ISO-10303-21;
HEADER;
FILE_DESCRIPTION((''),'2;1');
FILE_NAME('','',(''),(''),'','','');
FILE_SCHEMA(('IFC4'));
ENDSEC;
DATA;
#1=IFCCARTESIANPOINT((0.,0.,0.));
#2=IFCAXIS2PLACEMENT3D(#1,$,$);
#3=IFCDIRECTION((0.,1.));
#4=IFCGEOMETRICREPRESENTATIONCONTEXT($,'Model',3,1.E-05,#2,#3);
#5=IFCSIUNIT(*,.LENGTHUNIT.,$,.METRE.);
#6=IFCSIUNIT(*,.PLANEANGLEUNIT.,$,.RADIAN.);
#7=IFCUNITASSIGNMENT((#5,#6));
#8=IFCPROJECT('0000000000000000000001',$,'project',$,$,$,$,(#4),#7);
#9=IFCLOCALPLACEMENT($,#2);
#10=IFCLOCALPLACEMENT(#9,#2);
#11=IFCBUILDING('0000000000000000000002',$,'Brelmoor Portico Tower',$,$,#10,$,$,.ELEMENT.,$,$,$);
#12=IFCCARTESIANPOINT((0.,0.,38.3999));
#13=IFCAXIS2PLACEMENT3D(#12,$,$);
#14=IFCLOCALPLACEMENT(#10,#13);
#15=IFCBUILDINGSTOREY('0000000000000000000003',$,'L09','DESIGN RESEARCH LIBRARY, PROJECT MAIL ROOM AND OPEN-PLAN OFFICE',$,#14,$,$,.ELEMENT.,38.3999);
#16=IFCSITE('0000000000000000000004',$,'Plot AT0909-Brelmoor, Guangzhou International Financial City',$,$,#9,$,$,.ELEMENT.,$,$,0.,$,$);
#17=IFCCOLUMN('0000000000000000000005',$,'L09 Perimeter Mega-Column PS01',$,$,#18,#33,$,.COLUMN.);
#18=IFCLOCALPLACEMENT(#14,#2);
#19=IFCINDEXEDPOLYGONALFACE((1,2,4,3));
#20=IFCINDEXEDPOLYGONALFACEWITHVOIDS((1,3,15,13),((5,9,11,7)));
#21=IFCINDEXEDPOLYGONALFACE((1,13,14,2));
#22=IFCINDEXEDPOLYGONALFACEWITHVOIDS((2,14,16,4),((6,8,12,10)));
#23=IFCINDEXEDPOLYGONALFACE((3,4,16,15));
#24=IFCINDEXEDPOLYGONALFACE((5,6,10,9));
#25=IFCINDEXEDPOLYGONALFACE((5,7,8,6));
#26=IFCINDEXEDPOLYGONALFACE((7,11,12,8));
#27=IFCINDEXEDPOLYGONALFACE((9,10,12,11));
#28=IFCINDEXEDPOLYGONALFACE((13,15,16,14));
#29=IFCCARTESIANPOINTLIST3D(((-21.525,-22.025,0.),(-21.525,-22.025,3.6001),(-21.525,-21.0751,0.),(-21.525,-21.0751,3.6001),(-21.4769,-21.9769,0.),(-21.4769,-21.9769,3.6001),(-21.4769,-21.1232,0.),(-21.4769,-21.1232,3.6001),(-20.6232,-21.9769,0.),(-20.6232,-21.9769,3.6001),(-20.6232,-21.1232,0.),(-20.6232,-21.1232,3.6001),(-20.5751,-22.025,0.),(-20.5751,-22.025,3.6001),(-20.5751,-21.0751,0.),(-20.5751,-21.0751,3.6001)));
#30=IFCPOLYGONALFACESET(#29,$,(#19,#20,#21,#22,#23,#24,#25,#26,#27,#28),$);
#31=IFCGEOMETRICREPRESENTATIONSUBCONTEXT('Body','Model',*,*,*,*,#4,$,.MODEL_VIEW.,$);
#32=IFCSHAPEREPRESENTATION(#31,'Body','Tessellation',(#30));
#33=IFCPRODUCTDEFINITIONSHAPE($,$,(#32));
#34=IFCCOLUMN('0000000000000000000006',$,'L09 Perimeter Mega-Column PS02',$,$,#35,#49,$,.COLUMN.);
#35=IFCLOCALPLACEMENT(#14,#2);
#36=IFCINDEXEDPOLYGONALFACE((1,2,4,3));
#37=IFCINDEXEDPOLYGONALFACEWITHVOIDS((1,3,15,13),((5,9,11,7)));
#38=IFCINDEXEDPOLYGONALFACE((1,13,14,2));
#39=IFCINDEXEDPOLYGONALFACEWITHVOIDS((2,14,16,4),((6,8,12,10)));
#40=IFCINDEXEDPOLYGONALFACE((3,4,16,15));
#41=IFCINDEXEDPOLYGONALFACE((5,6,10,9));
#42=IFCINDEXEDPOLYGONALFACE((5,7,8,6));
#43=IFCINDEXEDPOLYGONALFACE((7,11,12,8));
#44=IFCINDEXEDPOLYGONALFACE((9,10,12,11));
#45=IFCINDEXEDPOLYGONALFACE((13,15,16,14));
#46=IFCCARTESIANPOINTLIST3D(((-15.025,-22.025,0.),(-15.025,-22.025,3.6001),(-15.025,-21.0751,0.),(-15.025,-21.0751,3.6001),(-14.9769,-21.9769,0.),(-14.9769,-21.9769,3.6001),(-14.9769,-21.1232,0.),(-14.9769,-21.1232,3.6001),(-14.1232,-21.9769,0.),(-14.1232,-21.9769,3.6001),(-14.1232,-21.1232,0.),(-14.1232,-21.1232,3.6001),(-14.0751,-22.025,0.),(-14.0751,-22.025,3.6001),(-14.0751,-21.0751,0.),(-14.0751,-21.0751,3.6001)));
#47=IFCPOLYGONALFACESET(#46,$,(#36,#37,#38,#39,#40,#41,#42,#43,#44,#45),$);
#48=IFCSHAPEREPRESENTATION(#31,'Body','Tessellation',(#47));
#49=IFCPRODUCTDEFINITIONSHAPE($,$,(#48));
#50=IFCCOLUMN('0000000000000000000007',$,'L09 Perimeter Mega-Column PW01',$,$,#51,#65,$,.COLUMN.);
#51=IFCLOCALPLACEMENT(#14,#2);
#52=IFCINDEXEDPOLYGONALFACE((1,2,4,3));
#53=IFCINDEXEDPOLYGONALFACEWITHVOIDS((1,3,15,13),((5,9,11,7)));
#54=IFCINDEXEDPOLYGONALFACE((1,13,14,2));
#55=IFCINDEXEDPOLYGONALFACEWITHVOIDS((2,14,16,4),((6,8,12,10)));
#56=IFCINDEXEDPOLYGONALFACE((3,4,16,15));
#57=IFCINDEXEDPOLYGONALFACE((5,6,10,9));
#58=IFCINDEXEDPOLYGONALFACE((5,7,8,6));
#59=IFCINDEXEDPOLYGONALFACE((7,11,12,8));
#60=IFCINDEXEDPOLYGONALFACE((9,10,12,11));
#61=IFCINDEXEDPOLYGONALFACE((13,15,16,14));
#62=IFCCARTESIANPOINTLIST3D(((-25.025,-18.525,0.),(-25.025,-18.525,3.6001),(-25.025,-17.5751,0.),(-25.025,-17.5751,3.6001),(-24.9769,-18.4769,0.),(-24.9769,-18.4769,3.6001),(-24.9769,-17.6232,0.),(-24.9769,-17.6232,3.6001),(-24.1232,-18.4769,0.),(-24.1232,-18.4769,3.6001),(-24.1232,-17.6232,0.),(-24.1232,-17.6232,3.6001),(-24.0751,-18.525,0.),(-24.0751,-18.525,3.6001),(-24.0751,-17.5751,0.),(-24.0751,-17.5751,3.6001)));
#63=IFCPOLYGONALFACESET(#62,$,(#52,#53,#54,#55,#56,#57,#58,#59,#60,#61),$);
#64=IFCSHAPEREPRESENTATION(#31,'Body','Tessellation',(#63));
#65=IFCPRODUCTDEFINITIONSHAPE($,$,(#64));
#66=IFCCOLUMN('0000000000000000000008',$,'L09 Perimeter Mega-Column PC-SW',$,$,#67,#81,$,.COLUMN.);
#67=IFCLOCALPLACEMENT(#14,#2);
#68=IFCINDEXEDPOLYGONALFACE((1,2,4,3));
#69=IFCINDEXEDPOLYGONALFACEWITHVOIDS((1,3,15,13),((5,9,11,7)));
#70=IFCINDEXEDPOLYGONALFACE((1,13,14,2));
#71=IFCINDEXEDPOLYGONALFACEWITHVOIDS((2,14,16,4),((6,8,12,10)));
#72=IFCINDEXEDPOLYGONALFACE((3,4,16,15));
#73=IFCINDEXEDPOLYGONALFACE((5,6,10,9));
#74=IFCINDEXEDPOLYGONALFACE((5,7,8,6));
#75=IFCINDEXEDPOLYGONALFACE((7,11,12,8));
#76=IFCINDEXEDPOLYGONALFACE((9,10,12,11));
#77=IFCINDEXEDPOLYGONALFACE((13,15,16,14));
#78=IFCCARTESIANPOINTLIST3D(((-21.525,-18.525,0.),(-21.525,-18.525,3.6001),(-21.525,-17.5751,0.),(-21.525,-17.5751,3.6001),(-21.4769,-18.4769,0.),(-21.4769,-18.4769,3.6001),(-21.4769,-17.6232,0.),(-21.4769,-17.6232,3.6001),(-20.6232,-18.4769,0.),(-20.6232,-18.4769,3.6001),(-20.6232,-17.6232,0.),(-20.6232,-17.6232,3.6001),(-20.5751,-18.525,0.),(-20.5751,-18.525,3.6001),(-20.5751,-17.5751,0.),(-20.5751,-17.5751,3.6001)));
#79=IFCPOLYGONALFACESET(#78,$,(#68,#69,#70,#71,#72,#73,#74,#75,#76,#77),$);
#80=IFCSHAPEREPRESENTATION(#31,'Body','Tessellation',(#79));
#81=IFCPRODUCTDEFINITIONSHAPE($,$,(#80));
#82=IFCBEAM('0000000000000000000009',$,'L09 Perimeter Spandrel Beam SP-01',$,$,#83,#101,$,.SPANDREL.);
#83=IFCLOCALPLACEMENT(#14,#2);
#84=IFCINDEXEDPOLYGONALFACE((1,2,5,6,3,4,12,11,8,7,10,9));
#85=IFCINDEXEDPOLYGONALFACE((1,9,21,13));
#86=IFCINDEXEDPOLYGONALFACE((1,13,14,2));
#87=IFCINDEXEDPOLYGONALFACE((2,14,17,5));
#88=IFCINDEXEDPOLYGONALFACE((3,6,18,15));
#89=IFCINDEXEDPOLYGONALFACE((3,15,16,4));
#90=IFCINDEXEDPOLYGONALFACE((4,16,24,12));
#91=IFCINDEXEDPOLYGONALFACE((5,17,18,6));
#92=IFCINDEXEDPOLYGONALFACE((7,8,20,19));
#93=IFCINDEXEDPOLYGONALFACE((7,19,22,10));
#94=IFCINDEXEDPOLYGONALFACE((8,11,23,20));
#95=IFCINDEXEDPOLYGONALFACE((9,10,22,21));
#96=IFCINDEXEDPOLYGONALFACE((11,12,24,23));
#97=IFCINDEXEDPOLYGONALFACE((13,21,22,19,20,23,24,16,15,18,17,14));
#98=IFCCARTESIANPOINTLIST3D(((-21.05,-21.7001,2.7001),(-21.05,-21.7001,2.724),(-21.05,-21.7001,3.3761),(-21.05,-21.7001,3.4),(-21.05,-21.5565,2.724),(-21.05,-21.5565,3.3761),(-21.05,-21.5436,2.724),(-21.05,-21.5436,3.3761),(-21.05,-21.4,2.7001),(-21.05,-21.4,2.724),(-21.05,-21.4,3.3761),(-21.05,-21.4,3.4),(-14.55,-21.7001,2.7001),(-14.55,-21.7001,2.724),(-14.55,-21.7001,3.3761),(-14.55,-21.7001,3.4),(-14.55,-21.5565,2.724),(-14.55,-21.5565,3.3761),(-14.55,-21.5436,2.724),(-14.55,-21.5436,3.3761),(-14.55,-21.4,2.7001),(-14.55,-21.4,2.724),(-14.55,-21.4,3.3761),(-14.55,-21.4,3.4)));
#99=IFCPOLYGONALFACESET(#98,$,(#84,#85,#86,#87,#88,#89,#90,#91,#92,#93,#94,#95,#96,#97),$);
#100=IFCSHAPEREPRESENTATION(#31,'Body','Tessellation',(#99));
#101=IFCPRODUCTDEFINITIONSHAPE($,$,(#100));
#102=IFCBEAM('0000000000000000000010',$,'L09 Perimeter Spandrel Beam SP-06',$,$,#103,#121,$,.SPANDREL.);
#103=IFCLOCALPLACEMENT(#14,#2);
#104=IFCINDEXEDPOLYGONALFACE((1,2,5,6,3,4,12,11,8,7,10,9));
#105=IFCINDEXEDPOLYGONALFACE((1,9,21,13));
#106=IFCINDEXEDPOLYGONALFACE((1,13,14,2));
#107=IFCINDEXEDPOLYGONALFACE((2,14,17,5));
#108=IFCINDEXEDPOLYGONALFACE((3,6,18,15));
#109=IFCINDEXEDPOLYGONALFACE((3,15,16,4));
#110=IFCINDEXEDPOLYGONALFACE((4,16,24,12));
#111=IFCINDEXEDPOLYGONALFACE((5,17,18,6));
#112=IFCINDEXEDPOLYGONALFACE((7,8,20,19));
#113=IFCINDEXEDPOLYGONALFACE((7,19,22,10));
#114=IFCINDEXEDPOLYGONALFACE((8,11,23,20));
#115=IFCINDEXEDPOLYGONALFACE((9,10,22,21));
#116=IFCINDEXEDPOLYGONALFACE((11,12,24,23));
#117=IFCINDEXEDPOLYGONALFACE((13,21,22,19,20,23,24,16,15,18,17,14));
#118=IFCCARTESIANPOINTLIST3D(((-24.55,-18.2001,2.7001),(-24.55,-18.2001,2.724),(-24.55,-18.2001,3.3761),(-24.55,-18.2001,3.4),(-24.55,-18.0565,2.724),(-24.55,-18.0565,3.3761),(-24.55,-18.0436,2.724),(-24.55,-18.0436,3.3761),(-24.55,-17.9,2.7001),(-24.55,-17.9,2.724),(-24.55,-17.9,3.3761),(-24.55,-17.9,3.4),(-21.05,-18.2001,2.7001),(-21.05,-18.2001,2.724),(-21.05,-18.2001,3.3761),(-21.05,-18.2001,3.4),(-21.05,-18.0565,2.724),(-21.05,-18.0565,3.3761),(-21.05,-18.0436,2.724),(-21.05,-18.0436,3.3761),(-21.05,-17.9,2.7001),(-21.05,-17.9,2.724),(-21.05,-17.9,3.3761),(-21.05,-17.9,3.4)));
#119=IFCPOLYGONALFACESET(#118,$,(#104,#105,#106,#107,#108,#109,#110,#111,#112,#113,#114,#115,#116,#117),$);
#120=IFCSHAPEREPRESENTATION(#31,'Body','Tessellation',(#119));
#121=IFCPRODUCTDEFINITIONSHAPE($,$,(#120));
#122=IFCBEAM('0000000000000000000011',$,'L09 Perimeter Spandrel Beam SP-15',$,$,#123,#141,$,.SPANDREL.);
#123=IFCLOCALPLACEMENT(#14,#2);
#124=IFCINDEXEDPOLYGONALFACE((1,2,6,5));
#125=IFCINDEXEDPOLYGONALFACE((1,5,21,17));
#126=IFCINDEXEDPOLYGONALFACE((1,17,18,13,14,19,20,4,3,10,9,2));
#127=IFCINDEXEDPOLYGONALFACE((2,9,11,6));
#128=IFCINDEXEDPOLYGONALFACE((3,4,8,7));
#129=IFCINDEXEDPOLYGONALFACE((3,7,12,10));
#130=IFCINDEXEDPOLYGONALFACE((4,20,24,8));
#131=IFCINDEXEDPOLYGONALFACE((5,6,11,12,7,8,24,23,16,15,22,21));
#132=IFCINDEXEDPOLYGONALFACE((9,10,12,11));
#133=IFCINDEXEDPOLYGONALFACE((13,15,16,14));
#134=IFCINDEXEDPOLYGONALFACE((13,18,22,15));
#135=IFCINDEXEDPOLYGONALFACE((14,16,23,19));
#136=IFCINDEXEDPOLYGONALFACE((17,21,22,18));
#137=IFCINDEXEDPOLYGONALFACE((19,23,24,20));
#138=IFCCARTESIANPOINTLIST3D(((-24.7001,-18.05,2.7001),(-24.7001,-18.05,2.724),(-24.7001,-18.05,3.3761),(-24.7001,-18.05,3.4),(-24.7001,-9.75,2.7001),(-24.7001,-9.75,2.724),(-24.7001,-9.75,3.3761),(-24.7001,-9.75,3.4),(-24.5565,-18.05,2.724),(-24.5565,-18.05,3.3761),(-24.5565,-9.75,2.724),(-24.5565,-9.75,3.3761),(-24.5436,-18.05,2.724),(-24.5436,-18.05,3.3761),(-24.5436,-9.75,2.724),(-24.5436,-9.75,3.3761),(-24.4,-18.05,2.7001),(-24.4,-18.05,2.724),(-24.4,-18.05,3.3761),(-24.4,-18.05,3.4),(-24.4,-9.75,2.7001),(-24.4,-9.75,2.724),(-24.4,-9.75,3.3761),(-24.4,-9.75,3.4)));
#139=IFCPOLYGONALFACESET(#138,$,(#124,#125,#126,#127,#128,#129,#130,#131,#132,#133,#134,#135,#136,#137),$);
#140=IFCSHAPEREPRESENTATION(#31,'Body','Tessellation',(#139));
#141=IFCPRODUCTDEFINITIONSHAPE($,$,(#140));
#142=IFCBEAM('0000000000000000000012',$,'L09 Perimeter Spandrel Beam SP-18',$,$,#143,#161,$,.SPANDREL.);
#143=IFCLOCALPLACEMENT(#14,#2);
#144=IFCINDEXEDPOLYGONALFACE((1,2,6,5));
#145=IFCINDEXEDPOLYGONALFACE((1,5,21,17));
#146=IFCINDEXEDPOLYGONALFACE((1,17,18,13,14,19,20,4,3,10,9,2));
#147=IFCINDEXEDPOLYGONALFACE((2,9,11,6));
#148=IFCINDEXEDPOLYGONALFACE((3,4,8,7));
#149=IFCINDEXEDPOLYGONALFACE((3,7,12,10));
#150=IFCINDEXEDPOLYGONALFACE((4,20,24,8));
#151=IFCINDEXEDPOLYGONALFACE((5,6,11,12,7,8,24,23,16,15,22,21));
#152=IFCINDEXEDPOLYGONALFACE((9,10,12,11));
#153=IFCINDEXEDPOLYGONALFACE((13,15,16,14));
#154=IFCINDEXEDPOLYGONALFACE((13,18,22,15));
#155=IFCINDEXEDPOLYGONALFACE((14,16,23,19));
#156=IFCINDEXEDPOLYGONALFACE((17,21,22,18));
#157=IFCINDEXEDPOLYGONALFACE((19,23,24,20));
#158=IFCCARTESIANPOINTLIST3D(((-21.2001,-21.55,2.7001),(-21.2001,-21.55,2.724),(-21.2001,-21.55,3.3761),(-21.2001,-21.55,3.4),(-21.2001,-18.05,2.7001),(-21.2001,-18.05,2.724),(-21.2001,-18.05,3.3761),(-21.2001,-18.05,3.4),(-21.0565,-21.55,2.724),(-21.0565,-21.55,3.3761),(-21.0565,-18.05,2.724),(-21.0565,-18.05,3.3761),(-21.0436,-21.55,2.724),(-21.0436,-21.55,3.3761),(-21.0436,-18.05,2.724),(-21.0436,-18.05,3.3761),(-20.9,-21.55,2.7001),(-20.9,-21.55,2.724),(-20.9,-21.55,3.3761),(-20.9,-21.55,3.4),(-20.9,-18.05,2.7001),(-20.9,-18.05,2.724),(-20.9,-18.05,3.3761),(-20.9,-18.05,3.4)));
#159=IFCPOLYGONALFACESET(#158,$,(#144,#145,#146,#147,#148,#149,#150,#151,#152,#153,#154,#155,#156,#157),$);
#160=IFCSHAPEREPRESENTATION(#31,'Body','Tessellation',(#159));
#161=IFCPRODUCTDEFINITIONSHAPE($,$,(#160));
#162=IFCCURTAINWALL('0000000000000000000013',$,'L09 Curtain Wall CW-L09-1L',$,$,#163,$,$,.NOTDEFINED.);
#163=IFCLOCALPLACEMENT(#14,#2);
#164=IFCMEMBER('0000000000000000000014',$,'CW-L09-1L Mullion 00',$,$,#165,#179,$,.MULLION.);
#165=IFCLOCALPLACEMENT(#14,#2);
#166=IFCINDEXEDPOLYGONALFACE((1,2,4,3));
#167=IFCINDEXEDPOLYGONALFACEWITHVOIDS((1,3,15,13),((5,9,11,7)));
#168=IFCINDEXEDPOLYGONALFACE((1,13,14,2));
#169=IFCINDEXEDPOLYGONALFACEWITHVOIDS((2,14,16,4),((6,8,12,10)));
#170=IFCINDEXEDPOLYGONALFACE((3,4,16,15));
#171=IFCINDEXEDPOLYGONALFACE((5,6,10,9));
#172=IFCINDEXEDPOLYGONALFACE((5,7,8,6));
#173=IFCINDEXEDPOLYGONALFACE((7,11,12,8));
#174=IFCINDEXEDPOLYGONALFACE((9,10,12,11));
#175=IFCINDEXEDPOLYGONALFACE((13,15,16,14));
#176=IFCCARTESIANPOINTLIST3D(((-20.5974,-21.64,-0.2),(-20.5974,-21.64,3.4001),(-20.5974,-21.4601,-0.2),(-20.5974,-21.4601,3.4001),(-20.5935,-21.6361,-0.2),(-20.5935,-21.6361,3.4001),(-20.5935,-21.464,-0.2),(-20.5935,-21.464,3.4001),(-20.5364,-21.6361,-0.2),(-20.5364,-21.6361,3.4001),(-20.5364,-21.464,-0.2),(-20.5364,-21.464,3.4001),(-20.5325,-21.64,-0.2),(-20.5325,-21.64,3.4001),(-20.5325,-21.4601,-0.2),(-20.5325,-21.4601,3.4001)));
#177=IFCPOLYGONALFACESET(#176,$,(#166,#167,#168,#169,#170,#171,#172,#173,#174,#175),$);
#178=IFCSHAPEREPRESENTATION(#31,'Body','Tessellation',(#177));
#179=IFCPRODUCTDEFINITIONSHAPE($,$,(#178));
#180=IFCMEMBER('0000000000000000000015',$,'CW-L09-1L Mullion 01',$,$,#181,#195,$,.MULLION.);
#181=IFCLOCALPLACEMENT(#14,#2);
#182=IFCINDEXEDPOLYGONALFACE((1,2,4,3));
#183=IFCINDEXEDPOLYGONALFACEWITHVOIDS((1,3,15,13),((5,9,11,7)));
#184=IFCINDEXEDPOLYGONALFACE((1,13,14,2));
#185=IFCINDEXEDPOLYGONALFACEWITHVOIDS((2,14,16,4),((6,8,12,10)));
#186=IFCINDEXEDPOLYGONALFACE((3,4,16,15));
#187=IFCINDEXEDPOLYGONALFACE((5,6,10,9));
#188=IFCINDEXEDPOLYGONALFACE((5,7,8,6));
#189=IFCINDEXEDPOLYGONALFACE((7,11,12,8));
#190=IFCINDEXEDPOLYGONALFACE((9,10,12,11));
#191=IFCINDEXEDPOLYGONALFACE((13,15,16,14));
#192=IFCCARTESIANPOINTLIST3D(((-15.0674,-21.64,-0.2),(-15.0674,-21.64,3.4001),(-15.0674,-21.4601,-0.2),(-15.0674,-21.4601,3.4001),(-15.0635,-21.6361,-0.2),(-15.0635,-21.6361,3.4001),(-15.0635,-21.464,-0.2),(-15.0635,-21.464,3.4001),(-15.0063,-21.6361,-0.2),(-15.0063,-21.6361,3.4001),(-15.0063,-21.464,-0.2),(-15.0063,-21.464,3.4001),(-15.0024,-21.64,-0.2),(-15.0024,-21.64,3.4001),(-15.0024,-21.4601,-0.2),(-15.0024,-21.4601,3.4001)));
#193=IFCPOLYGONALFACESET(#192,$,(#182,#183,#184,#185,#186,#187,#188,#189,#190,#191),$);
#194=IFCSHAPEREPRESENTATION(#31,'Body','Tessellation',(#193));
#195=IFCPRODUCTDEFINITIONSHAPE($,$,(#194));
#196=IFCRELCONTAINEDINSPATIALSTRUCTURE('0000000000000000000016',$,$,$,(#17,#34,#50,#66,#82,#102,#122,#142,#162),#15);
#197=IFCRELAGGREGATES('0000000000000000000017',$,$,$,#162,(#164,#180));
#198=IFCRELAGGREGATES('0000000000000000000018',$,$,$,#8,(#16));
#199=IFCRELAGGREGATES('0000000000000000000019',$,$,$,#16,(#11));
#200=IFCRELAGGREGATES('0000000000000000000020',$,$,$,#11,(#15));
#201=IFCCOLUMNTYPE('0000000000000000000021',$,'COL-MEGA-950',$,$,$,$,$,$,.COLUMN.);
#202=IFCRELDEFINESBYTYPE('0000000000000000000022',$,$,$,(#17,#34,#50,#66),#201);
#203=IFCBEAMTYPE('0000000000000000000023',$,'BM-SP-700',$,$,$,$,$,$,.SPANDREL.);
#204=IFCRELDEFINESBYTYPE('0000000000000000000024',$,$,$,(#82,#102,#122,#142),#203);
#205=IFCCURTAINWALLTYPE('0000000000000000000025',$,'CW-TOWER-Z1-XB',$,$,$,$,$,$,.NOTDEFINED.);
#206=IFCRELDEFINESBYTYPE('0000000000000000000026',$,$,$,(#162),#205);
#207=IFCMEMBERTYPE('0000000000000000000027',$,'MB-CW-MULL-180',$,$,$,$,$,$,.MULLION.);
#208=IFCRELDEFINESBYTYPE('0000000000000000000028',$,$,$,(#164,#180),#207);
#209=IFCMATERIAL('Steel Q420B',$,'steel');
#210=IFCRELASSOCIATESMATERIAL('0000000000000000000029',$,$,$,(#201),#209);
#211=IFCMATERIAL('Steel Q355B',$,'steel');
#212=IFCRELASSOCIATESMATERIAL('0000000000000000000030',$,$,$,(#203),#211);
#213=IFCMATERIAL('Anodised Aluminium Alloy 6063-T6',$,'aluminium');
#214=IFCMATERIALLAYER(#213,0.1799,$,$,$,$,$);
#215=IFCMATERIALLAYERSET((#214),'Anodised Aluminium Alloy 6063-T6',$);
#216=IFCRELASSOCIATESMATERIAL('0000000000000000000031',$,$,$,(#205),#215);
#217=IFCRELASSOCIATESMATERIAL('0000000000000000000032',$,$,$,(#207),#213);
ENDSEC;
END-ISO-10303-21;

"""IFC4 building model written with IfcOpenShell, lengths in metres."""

from ifc_helpers import new_model, si_unit, direction, frame, origin, origin_2d, place, context, subcontext, project, spatial, hollow_rectangle, i_section, extrude, material, layer, layer_set, material_profile, profile_set, type_object, element, aggregate, save


model = new_model("IFC4")

# Units and contexts
model_context = context("Model", 3, precision=1e-05, world=origin(), true_north=direction((0.0, 1.0)))
body_context = subcontext(model_context, "Body", "Model", "MODEL_VIEW")
ifc_project = project(units=[si_unit("LENGTHUNIT", "METRE"), si_unit("PLANEANGLEUNIT", "RADIAN")], contexts=[model_context])

# Site, building, storey
site_placement = place(None, origin())
site = spatial("IfcSite", under=ifc_project, at=site_placement, Name="Plot AT0909-Brelmoor, Guangzhou International Financial City", CompositionType="ELEMENT", RefElevation=0.0)
building_placement = place(site_placement, origin())
building = spatial("IfcBuilding", under=site, at=building_placement, Name="Brelmoor Portico Tower", CompositionType="ELEMENT")
storey_placement = place(building_placement, frame((0.0, 0.0, 38.3999)))
storey = spatial("IfcBuildingStorey", under=building, at=storey_placement, Name="L09", Description="DESIGN RESEARCH LIBRARY, PROJECT MAIL ROOM AND OPEN-PLAN OFFICE", CompositionType="ELEMENT", Elevation=38.3999)

# Columns
ifc_material_1 = material(Name="Steel Q420B", Category="steel")
ifc_material_profile_1 = material_profile(ifc_material_1, hollow_rectangle(XDim=0.95, YDim=0.95, WallThickness=0.0481, at=origin_2d()), Name="BOX 950x950x48")
ifc_profile_set_1 = profile_set([ifc_material_profile_1], Name="Steel Q420B")
column_type = type_object("IfcColumnType", Name="COL-MEGA-950", PredefinedType="COLUMN", material=ifc_profile_set_1)
for number, where, z_axis, x_axis, name in (
    (1, (-21.05, -21.55, 0.0), (0.0, 0.0, 1.0), (1.0, 0.0, 0.0), "L09 Perimeter Mega-Column PS01"),
    (2, (-14.55, -21.55, 0.0), (0.0, 0.0, 1.0), (1.0, 0.0, 0.0), "L09 Perimeter Mega-Column PS02"),
    (3, (-24.55, -18.05, 0.0), (0.0, 0.0, 1.0), (0.0, 1.0, 0.0), "L09 Perimeter Mega-Column PW01"),
    (4, (-21.05, -18.05, 0.0), (0.0, 0.0, 1.0), (1.0, 0.0, 0.0), "L09 Perimeter Mega-Column PC-SW"),
):
    element("IfcColumn", number, at=place(storey_placement, frame(where, z_axis=z_axis, x_axis=x_axis)), inside=storey, type_object=column_type, Name=name, PredefinedType="COLUMN", context=body_context, shape_type="SweptSolid", body=[
        extrude(hollow_rectangle(XDim=0.95, YDim=0.95, WallThickness=0.0481, at=origin_2d()), origin(), (0.0, 0.0, 1.0), 3.6001),
    ])

# Beams
ifc_material_2 = material(Name="Steel Q355B", Category="steel")
ifc_material_profile_2 = material_profile(ifc_material_2, i_section(OverallWidth=0.3, OverallDepth=0.7, WebThickness=0.0129, FlangeThickness=0.0239, at=origin_2d()), Name="HN 700x300x13x24")
ifc_profile_set_2 = profile_set([ifc_material_profile_2], Name="Steel Q355B")
beam_type = type_object("IfcBeamType", Name="BM-SP-700", PredefinedType="SPANDREL", material=ifc_profile_set_2)
beam_1_placement = place(storey_placement, frame((-21.05, -21.55, 3.05), z_axis=(1.0, 0.0, 0.0), x_axis=(0.0, 1.0, 0.0)))
element("IfcBeam", 5, at=beam_1_placement, inside=storey, type_object=beam_type, Name="L09 Perimeter Spandrel Beam SP-01", PredefinedType="SPANDREL", context=body_context, shape_type="SweptSolid", body=[
    extrude(i_section(OverallWidth=0.3, OverallDepth=0.7, WebThickness=0.0129, FlangeThickness=0.0239, at=origin_2d()), origin(), (0.0, 0.0, 1.0), 6.5),
])
beam_2_placement = place(storey_placement, frame((-24.55, -18.05, 3.05), z_axis=(1.0, 0.0, 0.0), x_axis=(0.0, 1.0, 0.0)))
element("IfcBeam", 6, at=beam_2_placement, inside=storey, type_object=beam_type, Name="L09 Perimeter Spandrel Beam SP-06", PredefinedType="SPANDREL", context=body_context, shape_type="SweptSolid", body=[
    extrude(i_section(OverallWidth=0.3, OverallDepth=0.7, WebThickness=0.0129, FlangeThickness=0.0239, at=origin_2d()), origin(), (0.0, 0.0, 1.0), 3.5),
])
beam_3_placement = place(storey_placement, frame((-24.55, -18.05, 3.05), z_axis=(0.0, 1.0, 0.0), x_axis=(-1.0, 0.0, 0.0)))
element("IfcBeam", 7, at=beam_3_placement, inside=storey, type_object=beam_type, Name="L09 Perimeter Spandrel Beam SP-15", PredefinedType="SPANDREL", context=body_context, shape_type="SweptSolid", body=[
    extrude(i_section(OverallWidth=0.3, OverallDepth=0.7, WebThickness=0.0129, FlangeThickness=0.0239, at=origin_2d()), origin(), (0.0, 0.0, 1.0), 8.3),
])
beam_4_placement = place(storey_placement, frame((-21.05, -21.55, 3.05), z_axis=(0.0, 1.0, 0.0), x_axis=(-1.0, 0.0, 0.0)))
element("IfcBeam", 8, at=beam_4_placement, inside=storey, type_object=beam_type, Name="L09 Perimeter Spandrel Beam SP-18", PredefinedType="SPANDREL", context=body_context, shape_type="SweptSolid", body=[
    extrude(i_section(OverallWidth=0.3, OverallDepth=0.7, WebThickness=0.0129, FlangeThickness=0.0239, at=origin_2d()), origin(), (0.0, 0.0, 1.0), 3.5),
])

# Curtain wall, members
ifc_material_3 = material(Name="Anodised Aluminium Alloy 6063-T6", Category="aluminium")
ifc_layer_1 = layer(ifc_material_3, 0.1799)
ifc_layer_set_1 = layer_set([ifc_layer_1], Name="Anodised Aluminium Alloy 6063-T6")
curtain_wall_type = type_object("IfcCurtainWallType", Name="CW-TOWER-Z1-XB", PredefinedType="NOTDEFINED", material=ifc_layer_set_1)
curtain_wall_1_placement = place(storey_placement, origin())
curtain_wall_1 = element("IfcCurtainWall", 9, at=curtain_wall_1_placement, inside=storey, type_object=curtain_wall_type, Name="L09 Curtain Wall CW-L09-1L", PredefinedType="NOTDEFINED")
ifc_material_profile_3 = material_profile(ifc_material_3, hollow_rectangle(XDim=0.0649, YDim=0.1799, WallThickness=0.0039, at=origin_2d()), Name="ALU MULLION 65x180")
ifc_profile_set_3 = profile_set([ifc_material_profile_3], Name="Anodised Aluminium Alloy 6063-T6")
member_type_1 = type_object("IfcMemberType", Name="MB-CW-MULL-180", PredefinedType="MULLION", material=ifc_profile_set_3)
member_1_placement = place(storey_placement, frame((-20.5649, -21.55, -0.2), z_axis=(0.0, 0.0, 1.0), x_axis=(1.0, 0.0, 0.0)))
member_1 = element("IfcMember", 10, at=member_1_placement, type_object=member_type_1, Name="CW-L09-1L Mullion 00", PredefinedType="MULLION", context=body_context, shape_type="SweptSolid", body=[
    extrude(hollow_rectangle(XDim=0.0649, YDim=0.1799, WallThickness=0.0039, at=origin_2d()), origin(), (0.0, 0.0, 1.0), 3.6001),
])
member_2_placement = place(storey_placement, frame((-15.0349, -21.55, -0.2), z_axis=(0.0, 0.0, 1.0), x_axis=(1.0, 0.0, 0.0)))
member_2 = element("IfcMember", 11, at=member_2_placement, type_object=member_type_1, Name="CW-L09-1L Mullion 01", PredefinedType="MULLION", context=body_context, shape_type="SweptSolid", body=[
    extrude(hollow_rectangle(XDim=0.0649, YDim=0.1799, WallThickness=0.0039, at=origin_2d()), origin(), (0.0, 0.0, 1.0), 3.6001),
])

aggregate(curtain_wall_1, [member_1, member_2])

save(model, "model.ifc")
